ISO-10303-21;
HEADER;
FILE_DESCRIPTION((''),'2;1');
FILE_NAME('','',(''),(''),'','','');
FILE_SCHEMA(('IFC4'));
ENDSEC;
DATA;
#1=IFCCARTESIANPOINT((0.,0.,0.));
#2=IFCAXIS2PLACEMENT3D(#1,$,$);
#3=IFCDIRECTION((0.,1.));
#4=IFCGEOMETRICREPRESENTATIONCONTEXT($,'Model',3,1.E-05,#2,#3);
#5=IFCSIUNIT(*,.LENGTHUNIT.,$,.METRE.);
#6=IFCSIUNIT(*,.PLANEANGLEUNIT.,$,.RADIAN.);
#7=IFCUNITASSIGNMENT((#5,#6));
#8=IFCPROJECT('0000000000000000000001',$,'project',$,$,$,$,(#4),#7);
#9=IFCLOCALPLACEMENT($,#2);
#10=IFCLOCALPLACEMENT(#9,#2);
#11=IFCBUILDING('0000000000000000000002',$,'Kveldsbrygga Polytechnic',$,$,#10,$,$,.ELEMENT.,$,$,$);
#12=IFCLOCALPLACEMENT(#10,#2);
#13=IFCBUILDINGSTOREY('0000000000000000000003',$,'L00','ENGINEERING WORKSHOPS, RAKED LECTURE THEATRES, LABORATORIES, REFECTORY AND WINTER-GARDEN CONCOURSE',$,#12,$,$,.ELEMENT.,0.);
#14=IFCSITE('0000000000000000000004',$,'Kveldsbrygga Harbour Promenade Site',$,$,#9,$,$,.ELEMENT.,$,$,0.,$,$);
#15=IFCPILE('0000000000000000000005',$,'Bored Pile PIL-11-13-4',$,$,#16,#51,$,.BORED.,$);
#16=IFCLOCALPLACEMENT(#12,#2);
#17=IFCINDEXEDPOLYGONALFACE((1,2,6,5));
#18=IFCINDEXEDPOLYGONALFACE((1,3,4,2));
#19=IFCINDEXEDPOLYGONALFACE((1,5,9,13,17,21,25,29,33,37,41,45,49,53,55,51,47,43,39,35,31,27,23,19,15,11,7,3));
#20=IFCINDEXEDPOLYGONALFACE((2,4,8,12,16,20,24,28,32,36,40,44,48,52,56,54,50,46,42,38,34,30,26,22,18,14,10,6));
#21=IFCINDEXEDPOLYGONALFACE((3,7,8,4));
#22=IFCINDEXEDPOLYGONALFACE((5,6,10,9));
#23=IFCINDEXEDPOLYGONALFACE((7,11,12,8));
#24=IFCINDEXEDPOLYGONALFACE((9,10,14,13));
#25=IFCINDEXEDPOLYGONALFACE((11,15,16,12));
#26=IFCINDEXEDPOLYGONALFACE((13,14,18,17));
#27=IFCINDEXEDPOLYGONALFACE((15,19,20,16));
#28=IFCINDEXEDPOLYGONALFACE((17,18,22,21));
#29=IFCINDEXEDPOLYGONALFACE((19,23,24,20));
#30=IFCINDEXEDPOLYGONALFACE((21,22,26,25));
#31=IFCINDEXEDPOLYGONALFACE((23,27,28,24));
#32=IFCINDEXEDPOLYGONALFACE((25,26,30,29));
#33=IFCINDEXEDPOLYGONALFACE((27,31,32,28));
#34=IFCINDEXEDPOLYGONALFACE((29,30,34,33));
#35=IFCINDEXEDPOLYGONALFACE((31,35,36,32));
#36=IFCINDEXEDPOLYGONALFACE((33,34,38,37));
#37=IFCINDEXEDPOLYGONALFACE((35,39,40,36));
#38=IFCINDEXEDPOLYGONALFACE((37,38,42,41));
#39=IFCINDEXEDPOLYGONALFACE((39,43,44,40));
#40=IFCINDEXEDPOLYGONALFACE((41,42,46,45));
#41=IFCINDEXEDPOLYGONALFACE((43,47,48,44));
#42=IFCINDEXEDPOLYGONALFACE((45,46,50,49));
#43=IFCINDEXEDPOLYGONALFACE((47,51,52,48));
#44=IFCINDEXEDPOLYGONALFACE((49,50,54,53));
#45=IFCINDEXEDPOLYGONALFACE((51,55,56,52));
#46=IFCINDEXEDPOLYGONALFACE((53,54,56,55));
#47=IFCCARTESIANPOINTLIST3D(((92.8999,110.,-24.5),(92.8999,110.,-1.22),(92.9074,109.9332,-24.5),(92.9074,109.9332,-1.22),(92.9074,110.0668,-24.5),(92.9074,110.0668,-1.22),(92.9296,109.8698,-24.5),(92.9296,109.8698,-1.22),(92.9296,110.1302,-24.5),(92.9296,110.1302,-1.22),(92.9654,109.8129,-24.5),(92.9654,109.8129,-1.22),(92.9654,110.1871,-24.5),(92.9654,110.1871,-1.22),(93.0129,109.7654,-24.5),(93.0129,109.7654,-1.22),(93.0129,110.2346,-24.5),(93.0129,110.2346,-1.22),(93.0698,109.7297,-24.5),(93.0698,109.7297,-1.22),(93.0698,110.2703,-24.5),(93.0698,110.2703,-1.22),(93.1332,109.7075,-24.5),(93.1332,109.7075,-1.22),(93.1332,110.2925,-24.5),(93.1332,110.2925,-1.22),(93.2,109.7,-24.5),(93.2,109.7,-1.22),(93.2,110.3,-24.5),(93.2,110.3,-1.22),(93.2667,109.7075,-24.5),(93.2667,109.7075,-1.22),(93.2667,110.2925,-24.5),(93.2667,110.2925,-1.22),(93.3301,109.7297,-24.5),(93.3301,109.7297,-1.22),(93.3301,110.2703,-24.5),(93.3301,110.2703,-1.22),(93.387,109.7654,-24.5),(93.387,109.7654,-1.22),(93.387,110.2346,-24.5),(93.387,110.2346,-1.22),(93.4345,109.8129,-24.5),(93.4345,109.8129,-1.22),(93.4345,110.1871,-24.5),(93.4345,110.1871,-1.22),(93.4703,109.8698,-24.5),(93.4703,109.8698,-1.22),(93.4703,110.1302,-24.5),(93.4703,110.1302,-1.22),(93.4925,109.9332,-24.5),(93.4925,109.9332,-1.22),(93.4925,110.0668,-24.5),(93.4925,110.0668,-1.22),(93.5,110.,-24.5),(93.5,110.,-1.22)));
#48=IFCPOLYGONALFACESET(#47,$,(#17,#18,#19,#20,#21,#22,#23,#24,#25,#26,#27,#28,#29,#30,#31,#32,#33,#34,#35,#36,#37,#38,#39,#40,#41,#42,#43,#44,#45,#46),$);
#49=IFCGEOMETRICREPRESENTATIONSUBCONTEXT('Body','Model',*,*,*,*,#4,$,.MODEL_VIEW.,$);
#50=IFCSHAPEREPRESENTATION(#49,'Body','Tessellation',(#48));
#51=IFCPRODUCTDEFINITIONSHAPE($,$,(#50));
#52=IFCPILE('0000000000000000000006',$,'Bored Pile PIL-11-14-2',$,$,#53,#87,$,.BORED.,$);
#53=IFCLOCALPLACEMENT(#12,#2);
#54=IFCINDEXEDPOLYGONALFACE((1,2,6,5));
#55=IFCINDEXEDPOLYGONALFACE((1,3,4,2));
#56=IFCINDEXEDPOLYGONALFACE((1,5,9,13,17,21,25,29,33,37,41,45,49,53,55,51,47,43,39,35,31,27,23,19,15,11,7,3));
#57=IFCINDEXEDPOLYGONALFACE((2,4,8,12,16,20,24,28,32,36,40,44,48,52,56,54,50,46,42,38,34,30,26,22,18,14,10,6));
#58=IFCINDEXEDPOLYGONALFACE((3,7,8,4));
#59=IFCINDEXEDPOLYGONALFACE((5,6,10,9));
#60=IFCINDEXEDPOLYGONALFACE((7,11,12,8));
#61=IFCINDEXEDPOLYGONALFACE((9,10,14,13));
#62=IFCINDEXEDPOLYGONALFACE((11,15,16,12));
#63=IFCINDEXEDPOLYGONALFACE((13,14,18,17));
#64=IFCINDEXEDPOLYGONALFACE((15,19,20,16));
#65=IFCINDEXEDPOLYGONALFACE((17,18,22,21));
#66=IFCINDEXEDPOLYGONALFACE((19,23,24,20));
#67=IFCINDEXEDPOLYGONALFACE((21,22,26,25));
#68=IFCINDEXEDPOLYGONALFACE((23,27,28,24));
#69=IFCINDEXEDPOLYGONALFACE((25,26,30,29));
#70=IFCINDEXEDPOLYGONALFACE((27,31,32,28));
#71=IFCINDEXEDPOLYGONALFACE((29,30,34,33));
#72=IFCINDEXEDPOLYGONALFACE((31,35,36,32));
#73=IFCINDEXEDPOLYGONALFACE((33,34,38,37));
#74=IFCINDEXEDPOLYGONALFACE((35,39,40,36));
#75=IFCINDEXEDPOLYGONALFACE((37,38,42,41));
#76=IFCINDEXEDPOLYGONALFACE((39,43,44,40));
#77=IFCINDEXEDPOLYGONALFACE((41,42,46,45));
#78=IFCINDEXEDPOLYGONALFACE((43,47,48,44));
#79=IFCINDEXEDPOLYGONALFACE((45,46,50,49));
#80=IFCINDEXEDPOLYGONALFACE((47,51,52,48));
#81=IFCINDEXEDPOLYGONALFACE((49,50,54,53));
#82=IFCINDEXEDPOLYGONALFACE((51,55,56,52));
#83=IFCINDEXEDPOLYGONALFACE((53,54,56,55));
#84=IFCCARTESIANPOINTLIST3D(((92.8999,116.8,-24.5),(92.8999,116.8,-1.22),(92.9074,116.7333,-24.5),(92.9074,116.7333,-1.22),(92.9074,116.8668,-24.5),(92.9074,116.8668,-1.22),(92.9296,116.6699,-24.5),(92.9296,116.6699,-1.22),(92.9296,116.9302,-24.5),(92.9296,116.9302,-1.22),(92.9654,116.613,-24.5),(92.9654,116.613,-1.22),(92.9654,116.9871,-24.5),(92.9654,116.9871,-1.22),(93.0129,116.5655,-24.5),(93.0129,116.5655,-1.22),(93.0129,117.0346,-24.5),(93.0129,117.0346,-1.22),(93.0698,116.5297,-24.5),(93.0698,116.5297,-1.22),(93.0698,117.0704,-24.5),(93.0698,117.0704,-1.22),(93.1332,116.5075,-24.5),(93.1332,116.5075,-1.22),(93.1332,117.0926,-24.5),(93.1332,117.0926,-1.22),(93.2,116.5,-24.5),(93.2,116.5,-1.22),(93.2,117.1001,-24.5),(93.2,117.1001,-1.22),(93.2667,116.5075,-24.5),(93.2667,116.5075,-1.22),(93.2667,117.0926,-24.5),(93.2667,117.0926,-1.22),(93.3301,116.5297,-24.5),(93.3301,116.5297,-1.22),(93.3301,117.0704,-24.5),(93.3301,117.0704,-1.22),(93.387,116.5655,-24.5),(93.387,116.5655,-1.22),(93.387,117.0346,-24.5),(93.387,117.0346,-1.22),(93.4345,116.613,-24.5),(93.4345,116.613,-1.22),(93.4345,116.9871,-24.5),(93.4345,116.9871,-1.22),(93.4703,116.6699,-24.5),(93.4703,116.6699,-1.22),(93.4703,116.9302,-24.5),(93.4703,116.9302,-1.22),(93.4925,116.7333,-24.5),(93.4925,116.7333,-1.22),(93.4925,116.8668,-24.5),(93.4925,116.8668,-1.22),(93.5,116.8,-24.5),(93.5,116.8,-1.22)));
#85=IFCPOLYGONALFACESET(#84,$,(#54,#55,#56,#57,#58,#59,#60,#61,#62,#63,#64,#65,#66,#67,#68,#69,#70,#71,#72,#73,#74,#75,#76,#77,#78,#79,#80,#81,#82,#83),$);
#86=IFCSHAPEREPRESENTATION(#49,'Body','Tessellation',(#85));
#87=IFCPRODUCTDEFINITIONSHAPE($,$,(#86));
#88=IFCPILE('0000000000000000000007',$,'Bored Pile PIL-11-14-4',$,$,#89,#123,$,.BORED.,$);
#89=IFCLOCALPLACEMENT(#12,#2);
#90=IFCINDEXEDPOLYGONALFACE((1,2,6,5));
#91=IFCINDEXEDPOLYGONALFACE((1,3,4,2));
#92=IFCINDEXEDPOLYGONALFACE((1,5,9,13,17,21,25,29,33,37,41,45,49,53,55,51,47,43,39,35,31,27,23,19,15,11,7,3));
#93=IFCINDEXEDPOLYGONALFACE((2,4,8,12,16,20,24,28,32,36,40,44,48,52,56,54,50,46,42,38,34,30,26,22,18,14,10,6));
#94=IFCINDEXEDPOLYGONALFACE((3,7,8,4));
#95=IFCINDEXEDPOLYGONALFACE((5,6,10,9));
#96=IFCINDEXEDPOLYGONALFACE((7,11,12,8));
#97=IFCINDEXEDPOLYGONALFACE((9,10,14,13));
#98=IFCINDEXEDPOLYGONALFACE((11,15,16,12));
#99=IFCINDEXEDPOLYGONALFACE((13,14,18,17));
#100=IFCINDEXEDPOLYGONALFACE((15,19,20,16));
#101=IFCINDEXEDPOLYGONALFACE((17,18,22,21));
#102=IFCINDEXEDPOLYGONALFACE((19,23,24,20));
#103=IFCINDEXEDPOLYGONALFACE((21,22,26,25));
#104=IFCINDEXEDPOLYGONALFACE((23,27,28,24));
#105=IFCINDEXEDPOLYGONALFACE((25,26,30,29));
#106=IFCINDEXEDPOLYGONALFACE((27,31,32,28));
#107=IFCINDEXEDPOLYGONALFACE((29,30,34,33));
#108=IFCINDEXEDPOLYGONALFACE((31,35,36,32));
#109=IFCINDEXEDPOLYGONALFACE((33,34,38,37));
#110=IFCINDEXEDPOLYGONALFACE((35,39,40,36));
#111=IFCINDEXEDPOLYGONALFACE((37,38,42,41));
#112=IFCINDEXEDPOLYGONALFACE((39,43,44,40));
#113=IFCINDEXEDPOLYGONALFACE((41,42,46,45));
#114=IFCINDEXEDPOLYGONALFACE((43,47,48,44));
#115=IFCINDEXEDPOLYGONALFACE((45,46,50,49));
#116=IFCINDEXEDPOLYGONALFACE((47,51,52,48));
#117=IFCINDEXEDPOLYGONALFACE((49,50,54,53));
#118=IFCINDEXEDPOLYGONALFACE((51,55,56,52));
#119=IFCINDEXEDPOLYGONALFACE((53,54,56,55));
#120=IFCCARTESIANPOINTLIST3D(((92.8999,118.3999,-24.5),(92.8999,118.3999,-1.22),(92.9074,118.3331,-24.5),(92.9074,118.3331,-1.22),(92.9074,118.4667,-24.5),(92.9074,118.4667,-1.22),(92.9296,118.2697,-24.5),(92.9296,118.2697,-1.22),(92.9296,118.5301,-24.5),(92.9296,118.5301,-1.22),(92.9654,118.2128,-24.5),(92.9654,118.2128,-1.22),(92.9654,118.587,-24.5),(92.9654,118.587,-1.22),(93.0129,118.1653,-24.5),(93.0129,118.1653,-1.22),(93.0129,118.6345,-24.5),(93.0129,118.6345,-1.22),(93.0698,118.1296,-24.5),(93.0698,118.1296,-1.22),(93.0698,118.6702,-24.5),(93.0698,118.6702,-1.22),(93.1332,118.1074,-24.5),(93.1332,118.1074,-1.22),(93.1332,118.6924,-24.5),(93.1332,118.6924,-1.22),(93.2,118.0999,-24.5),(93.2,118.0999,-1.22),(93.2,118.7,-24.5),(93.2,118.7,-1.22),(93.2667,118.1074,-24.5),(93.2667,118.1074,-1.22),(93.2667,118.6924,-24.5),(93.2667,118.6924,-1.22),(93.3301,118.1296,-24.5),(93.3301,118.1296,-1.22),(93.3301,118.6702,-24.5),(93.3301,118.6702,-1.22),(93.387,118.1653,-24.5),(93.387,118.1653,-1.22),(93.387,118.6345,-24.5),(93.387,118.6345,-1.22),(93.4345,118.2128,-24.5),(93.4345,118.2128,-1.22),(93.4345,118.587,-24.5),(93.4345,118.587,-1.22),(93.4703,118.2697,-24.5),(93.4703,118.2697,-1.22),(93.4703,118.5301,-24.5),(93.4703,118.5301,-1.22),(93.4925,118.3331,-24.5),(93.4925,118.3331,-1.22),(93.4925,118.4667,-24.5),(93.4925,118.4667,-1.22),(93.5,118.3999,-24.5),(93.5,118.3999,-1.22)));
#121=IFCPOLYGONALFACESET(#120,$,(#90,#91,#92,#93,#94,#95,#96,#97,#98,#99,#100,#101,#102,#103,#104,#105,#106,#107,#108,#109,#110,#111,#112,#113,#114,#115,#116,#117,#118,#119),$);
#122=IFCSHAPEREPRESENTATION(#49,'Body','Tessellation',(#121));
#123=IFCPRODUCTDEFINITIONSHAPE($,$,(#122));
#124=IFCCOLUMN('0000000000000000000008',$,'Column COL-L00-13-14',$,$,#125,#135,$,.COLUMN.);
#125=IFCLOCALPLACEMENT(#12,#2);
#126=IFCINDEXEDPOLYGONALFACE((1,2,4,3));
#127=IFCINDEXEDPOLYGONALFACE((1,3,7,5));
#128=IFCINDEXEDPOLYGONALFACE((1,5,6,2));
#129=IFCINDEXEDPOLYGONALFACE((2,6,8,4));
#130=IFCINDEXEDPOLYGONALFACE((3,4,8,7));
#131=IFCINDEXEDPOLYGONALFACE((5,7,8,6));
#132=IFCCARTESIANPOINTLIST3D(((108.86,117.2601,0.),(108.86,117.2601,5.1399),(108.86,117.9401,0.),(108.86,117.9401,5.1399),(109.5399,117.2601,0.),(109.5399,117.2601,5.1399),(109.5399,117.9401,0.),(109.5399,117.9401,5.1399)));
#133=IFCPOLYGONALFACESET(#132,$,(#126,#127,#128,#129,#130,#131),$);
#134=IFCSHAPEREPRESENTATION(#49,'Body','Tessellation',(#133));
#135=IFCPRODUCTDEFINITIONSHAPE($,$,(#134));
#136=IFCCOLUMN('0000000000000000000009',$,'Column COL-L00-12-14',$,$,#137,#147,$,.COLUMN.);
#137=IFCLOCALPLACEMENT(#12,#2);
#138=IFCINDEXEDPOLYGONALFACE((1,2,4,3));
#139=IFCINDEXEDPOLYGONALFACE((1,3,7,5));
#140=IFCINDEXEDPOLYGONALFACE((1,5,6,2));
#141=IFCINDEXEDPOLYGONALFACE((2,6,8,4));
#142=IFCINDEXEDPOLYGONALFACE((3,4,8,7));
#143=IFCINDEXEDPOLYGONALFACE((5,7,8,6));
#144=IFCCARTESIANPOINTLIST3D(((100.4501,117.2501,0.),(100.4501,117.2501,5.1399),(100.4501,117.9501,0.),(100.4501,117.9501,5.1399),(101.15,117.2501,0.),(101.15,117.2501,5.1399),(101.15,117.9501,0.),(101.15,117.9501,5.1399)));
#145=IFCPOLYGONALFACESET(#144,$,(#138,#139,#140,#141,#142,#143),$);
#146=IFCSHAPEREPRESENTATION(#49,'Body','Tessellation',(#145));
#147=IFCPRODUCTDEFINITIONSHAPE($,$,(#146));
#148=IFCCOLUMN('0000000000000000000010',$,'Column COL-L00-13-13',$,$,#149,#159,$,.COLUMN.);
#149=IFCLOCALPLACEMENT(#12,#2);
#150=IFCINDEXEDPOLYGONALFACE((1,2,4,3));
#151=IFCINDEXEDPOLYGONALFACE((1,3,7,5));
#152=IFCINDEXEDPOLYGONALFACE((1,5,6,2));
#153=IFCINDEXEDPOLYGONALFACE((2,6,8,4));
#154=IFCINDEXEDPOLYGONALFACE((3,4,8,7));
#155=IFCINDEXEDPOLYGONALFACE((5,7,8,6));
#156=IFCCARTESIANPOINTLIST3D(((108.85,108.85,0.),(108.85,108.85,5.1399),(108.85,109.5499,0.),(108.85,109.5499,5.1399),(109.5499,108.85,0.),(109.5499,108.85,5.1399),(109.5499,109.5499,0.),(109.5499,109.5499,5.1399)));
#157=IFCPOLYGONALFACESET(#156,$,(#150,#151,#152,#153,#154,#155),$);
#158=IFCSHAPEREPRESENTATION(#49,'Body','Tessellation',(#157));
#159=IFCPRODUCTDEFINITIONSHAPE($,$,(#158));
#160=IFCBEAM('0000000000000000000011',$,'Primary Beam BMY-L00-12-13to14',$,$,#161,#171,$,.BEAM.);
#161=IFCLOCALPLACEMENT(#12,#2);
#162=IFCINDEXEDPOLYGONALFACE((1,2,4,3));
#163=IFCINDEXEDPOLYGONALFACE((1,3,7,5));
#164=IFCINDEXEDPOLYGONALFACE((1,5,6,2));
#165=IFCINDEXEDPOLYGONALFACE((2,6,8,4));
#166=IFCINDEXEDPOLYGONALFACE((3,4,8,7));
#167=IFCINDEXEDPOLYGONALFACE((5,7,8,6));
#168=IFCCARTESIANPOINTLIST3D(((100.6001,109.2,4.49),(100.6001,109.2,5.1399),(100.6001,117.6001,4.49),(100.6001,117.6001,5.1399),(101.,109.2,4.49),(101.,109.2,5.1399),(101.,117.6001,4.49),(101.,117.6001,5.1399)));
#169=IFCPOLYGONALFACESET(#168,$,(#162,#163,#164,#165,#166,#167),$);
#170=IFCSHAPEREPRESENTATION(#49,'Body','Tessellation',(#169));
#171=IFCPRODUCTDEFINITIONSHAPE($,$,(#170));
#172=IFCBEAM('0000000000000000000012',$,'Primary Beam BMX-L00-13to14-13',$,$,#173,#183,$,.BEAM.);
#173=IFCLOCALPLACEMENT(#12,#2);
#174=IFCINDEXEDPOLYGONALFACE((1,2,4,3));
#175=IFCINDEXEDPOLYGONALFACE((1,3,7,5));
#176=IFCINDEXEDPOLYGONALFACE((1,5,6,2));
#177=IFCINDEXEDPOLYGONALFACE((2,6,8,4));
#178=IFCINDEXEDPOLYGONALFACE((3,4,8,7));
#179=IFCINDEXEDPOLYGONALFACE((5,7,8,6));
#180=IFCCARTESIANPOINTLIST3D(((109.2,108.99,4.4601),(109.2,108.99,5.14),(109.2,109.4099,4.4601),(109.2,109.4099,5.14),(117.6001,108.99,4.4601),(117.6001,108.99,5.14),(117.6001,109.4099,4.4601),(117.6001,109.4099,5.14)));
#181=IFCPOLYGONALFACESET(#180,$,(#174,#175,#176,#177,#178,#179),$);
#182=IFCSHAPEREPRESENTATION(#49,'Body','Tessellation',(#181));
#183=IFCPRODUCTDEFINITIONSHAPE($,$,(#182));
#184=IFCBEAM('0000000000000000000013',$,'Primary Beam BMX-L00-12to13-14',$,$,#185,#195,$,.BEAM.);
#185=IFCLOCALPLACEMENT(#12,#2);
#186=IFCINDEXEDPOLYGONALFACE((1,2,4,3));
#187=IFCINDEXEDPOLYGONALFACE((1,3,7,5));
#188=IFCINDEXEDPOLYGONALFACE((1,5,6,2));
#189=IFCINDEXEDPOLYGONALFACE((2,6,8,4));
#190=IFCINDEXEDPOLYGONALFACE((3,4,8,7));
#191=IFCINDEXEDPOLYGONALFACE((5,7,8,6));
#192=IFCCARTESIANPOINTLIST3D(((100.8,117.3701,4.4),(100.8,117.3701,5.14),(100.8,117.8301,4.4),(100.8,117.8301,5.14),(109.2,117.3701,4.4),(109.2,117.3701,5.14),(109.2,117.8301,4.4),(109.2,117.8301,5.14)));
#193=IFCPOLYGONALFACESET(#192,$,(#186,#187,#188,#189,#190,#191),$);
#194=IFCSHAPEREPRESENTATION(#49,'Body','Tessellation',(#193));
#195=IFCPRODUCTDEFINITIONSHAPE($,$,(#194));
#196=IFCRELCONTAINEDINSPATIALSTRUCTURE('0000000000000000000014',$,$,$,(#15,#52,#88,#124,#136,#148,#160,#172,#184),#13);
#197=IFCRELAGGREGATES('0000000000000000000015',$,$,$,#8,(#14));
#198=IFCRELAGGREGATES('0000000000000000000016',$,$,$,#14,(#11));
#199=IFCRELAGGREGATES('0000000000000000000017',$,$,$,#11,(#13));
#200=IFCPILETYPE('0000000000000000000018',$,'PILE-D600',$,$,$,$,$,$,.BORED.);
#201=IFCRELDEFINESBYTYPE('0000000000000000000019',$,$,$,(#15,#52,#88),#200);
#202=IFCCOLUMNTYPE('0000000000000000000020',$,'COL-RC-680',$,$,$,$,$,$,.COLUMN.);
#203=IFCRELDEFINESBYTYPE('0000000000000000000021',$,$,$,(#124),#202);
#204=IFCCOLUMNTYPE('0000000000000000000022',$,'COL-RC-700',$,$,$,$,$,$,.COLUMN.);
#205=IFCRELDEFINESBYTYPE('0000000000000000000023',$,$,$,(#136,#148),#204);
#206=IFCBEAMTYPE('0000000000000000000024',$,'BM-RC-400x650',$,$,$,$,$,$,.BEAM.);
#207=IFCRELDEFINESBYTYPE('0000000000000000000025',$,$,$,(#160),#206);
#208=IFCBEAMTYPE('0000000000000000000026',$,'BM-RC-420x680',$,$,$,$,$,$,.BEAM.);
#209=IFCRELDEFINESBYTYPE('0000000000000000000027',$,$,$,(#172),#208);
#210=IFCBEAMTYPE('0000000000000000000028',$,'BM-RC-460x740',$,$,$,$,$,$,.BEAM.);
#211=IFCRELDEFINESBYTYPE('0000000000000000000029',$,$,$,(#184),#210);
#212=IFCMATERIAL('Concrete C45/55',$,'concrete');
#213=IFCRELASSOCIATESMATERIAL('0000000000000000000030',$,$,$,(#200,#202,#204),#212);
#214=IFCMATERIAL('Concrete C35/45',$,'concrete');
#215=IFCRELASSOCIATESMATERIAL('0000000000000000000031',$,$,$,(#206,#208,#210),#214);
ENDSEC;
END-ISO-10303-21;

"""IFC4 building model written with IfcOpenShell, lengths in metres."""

from ifc_helpers import new_model, si_unit, direction, frame, origin, origin_2d, place, context, subcontext, project, spatial, rectangle, circle, extrude, material, material_profile, profile_set, type_object, element, save


model = new_model("IFC4")

# Units and contexts
model_context = context("Model", 3, precision=1e-05, world=origin(), true_north=direction((0.0, 1.0)))
body_context = subcontext(model_context, "Body", "Model", "MODEL_VIEW")
ifc_project = project(units=[si_unit("LENGTHUNIT", "METRE"), si_unit("PLANEANGLEUNIT", "RADIAN")], contexts=[model_context])

# Site, building, storey
site_placement = place(None, origin())
site = spatial("IfcSite", under=ifc_project, at=site_placement, Name="Kveldsbrygga Harbour Promenade Site", CompositionType="ELEMENT", RefElevation=0.0)
building_placement = place(site_placement, origin())
building = spatial("IfcBuilding", under=site, at=building_placement, Name="Kveldsbrygga Polytechnic", CompositionType="ELEMENT")
storey_placement = place(building_placement, origin())
storey = spatial("IfcBuildingStorey", under=building, at=storey_placement, Name="L00", Description="ENGINEERING WORKSHOPS, RAKED LECTURE THEATRES, LABORATORIES, REFECTORY AND WINTER-GARDEN CONCOURSE", CompositionType="ELEMENT", Elevation=0.0)

# Piles
ifc_material_1 = material(Name="Concrete C45/55", Category="concrete")
ifc_material_profile_1 = material_profile(ifc_material_1, circle(Radius=0.3, at=origin_2d()), Name="PILE D600")
ifc_profile_set_1 = profile_set([ifc_material_profile_1], Name="Concrete C45/55")
pile_type = type_object("IfcPileType", Name="PILE-D600", PredefinedType="BORED", material=ifc_profile_set_1)
for number, where, z_axis, x_axis, name in (
    (1, (93.2, 110.0, -1.22), (0.0, 0.0, -1.0), (1.0, 0.0, 0.0), "Bored Pile PIL-11-13-4"),
    (2, (93.2, 116.8, -1.22), (0.0, 0.0, -1.0), (1.0, 0.0, 0.0), "Bored Pile PIL-11-14-2"),
    (3, (93.2, 118.3999, -1.22), (0.0, 0.0, -1.0), (1.0, 0.0, 0.0), "Bored Pile PIL-11-14-4"),
):
    element("IfcPile", number, at=place(storey_placement, frame(where, z_axis=z_axis, x_axis=x_axis)), inside=storey, type_object=pile_type, Name=name, PredefinedType="BORED", context=body_context, shape_type="SweptSolid", body=[
        extrude(circle(Radius=0.3, at=origin_2d()), origin(), (0.0, 0.0, 1.0), 23.28),
    ])

# Columns
ifc_material_profile_2 = material_profile(ifc_material_1, rectangle(XDim=0.6799, YDim=0.6799, at=origin_2d()), Name="RC 680x680")
ifc_profile_set_2 = profile_set([ifc_material_profile_2], Name="Concrete C45/55")
column_type_1 = type_object("IfcColumnType", Name="COL-RC-680", PredefinedType="COLUMN", material=ifc_profile_set_2)
column_placement = place(storey_placement, frame((109.2, 117.6001, 0.0), z_axis=(0.0, 0.0, 1.0), x_axis=(1.0, 0.0, 0.0)))
element("IfcColumn", 4, at=column_placement, inside=storey, type_object=column_type_1, Name="Column COL-L00-13-14", PredefinedType="COLUMN", context=body_context, shape_type="SweptSolid", body=[
    extrude(rectangle(XDim=0.6799, YDim=0.6799, at=origin_2d()), origin(), (0.0, 0.0, 1.0), 5.1399),
])
ifc_material_profile_3 = material_profile(ifc_material_1, rectangle(XDim=0.7, YDim=0.7, at=origin_2d()), Name="RC 700x700")
ifc_profile_set_3 = profile_set([ifc_material_profile_3], Name="Concrete C45/55")
column_type_2 = type_object("IfcColumnType", Name="COL-RC-700", PredefinedType="COLUMN", material=ifc_profile_set_3)
for number, where, z_axis, x_axis, name in (
    (5, (100.8, 117.6001, 0.0), (0.0, 0.0, 1.0), (1.0, 0.0, 0.0), "Column COL-L00-12-14"),
    (6, (109.2, 109.2, 0.0), (0.0, 0.0, 1.0), (1.0, 0.0, 0.0), "Column COL-L00-13-13"),
):
    element("IfcColumn", number, at=place(storey_placement, frame(where, z_axis=z_axis, x_axis=x_axis)), inside=storey, type_object=column_type_2, Name=name, PredefinedType="COLUMN", context=body_context, shape_type="SweptSolid", body=[
        extrude(rectangle(XDim=0.7, YDim=0.7, at=origin_2d()), origin(), (0.0, 0.0, 1.0), 5.1399),
    ])

# Beams
ifc_material_2 = material(Name="Concrete C35/45", Category="concrete")
ifc_material_profile_4 = material_profile(ifc_material_2, rectangle(XDim=0.3999, YDim=0.6499, at=origin_2d()), Name="RC 400x650")
ifc_profile_set_4 = profile_set([ifc_material_profile_4], Name="Concrete C35/45")
beam_type_1 = type_object("IfcBeamType", Name="BM-RC-400x650", PredefinedType="BEAM", material=ifc_profile_set_4)
beam_1_placement = place(storey_placement, frame((100.8, 109.2, 4.8149), z_axis=(0.0, 1.0, 0.0), x_axis=(-1.0, 0.0, 0.0)))
element("IfcBeam", 7, at=beam_1_placement, inside=storey, type_object=beam_type_1, Name="Primary Beam BMY-L00-12-13to14", PredefinedType="BEAM", context=body_context, shape_type="SweptSolid", body=[
    extrude(rectangle(XDim=0.3999, YDim=0.6499, at=origin_2d()), origin(), (0.0, 0.0, 1.0), 8.4001),
])
ifc_material_profile_5 = material_profile(ifc_material_2, rectangle(XDim=0.4199, YDim=0.6799, at=origin_2d()), Name="RC 420x680")
ifc_profile_set_5 = profile_set([ifc_material_profile_5], Name="Concrete C35/45")
beam_type_2 = type_object("IfcBeamType", Name="BM-RC-420x680", PredefinedType="BEAM", material=ifc_profile_set_5)
beam_2_placement = place(storey_placement, frame((109.2, 109.2, 4.8), z_axis=(1.0, 0.0, 0.0), x_axis=(0.0, 1.0, 0.0)))
element("IfcBeam", 8, at=beam_2_placement, inside=storey, type_object=beam_type_2, Name="Primary Beam BMX-L00-13to14-13", PredefinedType="BEAM", context=body_context, shape_type="SweptSolid", body=[
    extrude(rectangle(XDim=0.4199, YDim=0.6799, at=origin_2d()), origin(), (0.0, 0.0, 1.0), 8.4001),
])
ifc_material_profile_6 = material_profile(ifc_material_2, rectangle(XDim=0.46, YDim=0.74, at=origin_2d()), Name="RC 460x740")
ifc_profile_set_6 = profile_set([ifc_material_profile_6], Name="Concrete C35/45")
beam_type_3 = type_object("IfcBeamType", Name="BM-RC-460x740", PredefinedType="BEAM", material=ifc_profile_set_6)
beam_3_placement = place(storey_placement, frame((100.8, 117.6001, 4.77), z_axis=(1.0, 0.0, 0.0), x_axis=(0.0, 1.0, 0.0)))
element("IfcBeam", 9, at=beam_3_placement, inside=storey, type_object=beam_type_3, Name="Primary Beam BMX-L00-12to13-14", PredefinedType="BEAM", context=body_context, shape_type="SweptSolid", body=[
    extrude(rectangle(XDim=0.46, YDim=0.74, at=origin_2d()), origin(), (0.0, 0.0, 1.0), 8.3999),
])

save(model, "model.ifc")
